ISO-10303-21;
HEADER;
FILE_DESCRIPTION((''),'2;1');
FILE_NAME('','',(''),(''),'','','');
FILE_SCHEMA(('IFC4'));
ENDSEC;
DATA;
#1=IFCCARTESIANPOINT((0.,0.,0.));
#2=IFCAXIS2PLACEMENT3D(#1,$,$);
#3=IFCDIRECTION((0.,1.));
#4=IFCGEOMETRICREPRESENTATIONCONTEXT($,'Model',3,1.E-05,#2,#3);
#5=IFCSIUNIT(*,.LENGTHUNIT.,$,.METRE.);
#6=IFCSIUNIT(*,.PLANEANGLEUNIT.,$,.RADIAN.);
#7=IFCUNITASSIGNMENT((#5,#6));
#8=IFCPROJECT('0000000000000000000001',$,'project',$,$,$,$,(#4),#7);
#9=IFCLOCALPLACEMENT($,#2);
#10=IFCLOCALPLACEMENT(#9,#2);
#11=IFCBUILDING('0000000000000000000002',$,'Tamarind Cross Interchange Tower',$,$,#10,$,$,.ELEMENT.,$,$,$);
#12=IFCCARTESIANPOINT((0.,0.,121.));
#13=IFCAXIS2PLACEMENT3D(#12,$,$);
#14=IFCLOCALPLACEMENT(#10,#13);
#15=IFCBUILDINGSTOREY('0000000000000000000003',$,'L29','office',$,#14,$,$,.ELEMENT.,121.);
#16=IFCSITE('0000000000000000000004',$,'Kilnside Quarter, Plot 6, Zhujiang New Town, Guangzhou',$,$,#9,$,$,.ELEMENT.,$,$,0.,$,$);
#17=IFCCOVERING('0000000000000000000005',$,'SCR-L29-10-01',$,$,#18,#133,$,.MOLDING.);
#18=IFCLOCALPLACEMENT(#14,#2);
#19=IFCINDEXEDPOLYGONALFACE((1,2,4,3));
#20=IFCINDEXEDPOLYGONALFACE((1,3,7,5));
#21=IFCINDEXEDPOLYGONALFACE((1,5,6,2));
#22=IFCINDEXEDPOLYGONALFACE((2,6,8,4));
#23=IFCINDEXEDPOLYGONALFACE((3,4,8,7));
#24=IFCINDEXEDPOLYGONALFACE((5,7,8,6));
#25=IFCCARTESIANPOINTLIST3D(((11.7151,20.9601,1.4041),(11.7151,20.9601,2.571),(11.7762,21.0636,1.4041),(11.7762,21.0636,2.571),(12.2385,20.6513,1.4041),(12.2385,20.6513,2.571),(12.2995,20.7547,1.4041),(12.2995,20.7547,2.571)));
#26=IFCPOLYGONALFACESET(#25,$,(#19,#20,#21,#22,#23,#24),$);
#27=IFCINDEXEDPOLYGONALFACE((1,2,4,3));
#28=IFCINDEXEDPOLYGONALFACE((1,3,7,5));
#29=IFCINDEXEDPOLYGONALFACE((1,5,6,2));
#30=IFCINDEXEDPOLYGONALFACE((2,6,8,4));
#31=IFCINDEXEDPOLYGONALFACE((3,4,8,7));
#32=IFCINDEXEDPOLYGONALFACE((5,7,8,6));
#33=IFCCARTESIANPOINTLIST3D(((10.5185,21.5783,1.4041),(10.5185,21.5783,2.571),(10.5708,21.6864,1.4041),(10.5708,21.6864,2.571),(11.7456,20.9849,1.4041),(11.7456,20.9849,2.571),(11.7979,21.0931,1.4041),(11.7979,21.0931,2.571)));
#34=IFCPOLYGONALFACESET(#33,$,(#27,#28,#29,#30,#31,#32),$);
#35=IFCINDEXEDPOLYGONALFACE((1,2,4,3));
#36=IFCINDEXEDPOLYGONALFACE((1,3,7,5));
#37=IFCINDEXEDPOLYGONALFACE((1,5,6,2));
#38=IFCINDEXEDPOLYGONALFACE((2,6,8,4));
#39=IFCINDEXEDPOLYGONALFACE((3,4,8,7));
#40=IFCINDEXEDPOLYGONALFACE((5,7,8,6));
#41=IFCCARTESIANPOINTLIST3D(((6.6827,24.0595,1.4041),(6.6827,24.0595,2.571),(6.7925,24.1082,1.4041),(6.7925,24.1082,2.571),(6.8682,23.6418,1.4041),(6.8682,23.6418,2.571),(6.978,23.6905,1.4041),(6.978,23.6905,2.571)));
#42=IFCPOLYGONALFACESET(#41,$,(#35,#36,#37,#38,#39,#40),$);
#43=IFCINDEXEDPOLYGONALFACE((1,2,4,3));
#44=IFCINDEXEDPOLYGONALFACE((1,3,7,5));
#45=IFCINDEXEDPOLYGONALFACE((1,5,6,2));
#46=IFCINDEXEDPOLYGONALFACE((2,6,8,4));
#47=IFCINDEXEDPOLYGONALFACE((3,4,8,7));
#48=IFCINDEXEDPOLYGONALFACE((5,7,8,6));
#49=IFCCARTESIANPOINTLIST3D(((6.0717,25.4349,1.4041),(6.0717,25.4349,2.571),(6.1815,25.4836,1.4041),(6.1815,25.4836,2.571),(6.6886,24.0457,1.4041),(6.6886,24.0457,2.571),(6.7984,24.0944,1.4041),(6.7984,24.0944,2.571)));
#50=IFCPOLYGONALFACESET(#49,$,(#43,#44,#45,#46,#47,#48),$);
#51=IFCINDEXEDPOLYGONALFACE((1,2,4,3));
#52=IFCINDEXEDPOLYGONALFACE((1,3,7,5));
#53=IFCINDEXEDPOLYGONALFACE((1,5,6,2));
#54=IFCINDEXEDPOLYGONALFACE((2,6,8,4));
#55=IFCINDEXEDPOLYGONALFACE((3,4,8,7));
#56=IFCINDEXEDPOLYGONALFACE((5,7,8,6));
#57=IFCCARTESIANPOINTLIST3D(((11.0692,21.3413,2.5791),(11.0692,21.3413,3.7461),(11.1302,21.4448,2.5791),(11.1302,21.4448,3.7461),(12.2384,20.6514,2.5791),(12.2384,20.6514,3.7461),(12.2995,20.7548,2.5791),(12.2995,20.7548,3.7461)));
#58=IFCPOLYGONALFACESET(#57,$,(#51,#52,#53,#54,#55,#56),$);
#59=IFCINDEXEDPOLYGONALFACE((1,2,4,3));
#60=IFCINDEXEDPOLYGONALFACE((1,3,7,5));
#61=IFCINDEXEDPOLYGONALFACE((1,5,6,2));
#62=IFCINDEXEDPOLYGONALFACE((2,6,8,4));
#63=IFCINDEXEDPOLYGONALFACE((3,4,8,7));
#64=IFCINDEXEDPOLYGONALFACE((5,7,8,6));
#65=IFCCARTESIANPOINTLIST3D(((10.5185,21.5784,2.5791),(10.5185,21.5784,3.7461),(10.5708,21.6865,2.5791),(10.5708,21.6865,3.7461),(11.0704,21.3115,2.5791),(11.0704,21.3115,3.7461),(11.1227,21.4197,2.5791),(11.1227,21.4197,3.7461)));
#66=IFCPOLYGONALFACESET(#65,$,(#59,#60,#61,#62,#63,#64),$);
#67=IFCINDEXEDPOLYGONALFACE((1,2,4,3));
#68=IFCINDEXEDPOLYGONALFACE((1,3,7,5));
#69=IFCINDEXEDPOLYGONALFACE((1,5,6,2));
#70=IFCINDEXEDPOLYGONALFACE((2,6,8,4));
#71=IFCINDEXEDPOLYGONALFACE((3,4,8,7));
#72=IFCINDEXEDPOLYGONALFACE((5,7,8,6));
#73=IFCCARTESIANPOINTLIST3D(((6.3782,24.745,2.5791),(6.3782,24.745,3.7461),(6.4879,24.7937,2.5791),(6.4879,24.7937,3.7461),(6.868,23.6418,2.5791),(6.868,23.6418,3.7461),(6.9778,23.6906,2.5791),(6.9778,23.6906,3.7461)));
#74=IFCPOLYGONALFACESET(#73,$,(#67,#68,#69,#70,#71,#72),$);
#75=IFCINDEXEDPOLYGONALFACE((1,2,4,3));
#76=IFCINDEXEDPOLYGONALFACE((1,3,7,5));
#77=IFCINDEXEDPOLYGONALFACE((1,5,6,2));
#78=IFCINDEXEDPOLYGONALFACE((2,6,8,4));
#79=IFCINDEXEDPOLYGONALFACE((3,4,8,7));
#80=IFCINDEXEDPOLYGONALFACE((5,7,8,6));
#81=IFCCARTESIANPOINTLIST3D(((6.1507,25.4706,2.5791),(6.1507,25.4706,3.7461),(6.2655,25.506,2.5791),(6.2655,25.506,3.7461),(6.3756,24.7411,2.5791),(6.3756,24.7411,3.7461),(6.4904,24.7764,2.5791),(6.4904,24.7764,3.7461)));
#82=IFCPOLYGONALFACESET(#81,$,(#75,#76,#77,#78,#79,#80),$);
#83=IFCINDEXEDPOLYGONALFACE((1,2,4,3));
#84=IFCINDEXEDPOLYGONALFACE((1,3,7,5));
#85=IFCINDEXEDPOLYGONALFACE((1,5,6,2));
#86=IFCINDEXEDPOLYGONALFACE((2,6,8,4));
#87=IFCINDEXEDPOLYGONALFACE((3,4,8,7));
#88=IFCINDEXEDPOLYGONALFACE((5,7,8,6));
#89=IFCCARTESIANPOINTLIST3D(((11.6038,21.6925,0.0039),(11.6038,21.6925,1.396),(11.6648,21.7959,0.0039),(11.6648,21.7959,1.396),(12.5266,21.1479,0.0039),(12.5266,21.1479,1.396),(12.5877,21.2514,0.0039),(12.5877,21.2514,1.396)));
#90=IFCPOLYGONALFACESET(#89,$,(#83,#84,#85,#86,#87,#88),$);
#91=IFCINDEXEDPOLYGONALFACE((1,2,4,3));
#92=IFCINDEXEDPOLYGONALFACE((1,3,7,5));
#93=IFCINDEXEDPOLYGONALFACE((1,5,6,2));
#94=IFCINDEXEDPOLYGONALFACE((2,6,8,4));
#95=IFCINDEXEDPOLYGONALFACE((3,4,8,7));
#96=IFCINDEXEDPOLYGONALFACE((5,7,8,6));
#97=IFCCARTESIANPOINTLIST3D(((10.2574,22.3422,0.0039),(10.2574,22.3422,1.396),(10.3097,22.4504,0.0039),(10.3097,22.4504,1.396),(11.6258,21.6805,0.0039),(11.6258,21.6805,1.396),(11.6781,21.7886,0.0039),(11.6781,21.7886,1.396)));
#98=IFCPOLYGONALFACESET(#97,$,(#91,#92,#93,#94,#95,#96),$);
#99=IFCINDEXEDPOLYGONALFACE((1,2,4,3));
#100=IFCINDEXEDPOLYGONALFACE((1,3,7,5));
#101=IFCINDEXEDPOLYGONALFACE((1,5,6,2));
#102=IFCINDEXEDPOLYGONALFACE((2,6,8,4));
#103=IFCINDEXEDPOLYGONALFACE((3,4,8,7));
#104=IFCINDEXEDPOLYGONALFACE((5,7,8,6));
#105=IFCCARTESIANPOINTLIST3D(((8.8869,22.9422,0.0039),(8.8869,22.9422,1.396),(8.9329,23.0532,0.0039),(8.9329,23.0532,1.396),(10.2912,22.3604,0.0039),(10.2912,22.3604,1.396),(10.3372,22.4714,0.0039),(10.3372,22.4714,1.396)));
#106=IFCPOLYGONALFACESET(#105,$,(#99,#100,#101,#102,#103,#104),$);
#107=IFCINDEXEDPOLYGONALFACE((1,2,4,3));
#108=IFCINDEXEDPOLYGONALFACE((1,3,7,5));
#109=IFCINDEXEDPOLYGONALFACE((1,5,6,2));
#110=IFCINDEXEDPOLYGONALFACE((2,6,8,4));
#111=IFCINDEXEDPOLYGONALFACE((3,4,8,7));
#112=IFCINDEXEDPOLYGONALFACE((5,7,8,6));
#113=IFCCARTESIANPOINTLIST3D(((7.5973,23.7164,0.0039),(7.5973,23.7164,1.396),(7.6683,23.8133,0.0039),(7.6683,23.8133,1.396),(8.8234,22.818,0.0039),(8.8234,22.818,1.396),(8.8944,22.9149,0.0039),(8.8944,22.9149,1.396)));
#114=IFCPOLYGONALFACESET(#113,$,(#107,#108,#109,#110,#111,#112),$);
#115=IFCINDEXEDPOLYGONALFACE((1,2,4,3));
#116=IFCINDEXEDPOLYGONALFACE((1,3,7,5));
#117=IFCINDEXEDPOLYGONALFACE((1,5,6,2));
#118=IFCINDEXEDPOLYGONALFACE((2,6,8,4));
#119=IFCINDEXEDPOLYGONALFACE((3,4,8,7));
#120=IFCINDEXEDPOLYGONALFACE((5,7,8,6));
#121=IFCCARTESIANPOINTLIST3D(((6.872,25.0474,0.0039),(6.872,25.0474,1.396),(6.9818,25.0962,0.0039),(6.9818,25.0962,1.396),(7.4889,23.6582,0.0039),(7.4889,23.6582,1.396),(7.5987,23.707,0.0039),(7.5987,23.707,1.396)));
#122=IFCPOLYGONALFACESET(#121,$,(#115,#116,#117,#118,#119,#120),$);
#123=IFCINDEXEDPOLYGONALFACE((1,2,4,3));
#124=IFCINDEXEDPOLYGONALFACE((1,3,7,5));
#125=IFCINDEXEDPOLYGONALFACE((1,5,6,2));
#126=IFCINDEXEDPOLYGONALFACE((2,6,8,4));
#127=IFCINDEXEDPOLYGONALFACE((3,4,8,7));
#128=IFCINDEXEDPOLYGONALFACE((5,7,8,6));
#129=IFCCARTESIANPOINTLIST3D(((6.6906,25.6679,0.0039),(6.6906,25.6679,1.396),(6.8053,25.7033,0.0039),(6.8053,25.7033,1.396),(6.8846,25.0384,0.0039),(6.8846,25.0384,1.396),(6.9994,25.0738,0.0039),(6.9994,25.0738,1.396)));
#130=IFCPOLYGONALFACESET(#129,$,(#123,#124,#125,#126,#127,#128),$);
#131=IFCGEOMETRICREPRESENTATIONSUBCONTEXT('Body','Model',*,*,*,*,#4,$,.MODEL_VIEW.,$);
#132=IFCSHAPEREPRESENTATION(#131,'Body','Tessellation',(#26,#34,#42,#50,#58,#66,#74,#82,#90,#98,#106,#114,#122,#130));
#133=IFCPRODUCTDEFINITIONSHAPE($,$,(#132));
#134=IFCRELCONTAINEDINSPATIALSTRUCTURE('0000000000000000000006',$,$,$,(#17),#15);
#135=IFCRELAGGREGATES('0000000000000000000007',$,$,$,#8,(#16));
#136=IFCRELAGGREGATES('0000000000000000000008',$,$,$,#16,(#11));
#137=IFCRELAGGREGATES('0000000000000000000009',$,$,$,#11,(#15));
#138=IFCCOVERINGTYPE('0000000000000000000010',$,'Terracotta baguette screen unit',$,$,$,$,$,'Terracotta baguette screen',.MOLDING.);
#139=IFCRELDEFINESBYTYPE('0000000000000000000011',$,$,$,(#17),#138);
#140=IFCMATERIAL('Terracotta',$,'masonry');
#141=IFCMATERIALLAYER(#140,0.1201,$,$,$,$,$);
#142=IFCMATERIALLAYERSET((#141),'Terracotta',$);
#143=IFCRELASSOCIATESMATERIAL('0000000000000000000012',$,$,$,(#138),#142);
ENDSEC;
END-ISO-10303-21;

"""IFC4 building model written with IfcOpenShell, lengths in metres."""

from ifc_helpers import new_model, si_unit, direction, frame, origin, origin_2d, place, context, subcontext, project, spatial, rectangle, extrude, material, layer, layer_set, type_object, element, save


model = new_model("IFC4")

# Units and contexts
model_context = context("Model", 3, precision=1e-05, world=origin(), true_north=direction((0.0, 1.0)))
body_context = subcontext(model_context, "Body", "Model", "MODEL_VIEW")
ifc_project = project(units=[si_unit("LENGTHUNIT", "METRE"), si_unit("PLANEANGLEUNIT", "RADIAN")], contexts=[model_context])

# Site, building, storey
site_placement = place(None, origin())
site = spatial("IfcSite", under=ifc_project, at=site_placement, Name="Kilnside Quarter, Plot 6, Zhujiang New Town, Guangzhou", CompositionType="ELEMENT", RefElevation=0.0)
building_placement = place(site_placement, origin())
building = spatial("IfcBuilding", under=site, at=building_placement, Name="Tamarind Cross Interchange Tower", CompositionType="ELEMENT")
storey_placement = place(building_placement, frame((0.0, 0.0, 121.0)))
storey = spatial("IfcBuildingStorey", under=building, at=storey_placement, Name="L29", Description="office", CompositionType="ELEMENT", Elevation=121.0)

# Covering
ifc_material_1 = material(Name="Terracotta", Category="masonry")
ifc_layer_1 = layer(ifc_material_1, 0.1201)
ifc_layer_set_1 = layer_set([ifc_layer_1], Name="Terracotta")
covering_type = type_object("IfcCoveringType", Name="Terracotta baguette screen unit", ElementType="Terracotta baguette screen", PredefinedType="MOLDING", material=ifc_layer_set_1)
covering_1_placement = place(storey_placement, origin())
element("IfcCovering", 1, at=covering_1_placement, inside=storey, type_object=covering_type, Name="SCR-L29-10-01", PredefinedType="MOLDING", context=body_context, shape_type="SweptSolid", body=[
    extrude(rectangle(XDim=0.6077, YDim=0.1201, at=origin_2d()), frame((12.0073, 20.8574, 1.4041), z_axis=(0.0, 0.0, 1.0), x_axis=(-0.861249, 0.508183, 0.0)), (0.0, 0.0, 1.0), 1.167),
    extrude(rectangle(XDim=1.363, YDim=0.1201, at=origin_2d()), frame((11.1582, 21.3357, 1.4041), z_axis=(0.0, 0.0, 1.0), x_axis=(-0.900273, 0.435326, 0.0)), (0.0, 0.0, 1.0), 1.167),
    extrude(rectangle(XDim=0.457, YDim=0.1201, at=origin_2d()), frame((6.8303, 23.875, 1.4041), z_axis=(0.0, 0.0, 1.0), x_axis=(-0.405841, 0.913944, 0.0)), (0.0, 0.0, 1.0), 1.167),
    extrude(rectangle(XDim=1.52, YDim=0.1201, at=origin_2d()), frame((6.4351, 24.7646, 1.4041), z_axis=(0.0, 0.0, 1.0), x_axis=(-0.405841, 0.913944, 0.0)), (0.0, 0.0, 1.0), 1.167),
    extrude(rectangle(XDim=1.3577, YDim=0.1201, at=origin_2d()), frame((11.6843, 21.0481, 2.5791), z_axis=(0.0, 0.0, 1.0), x_axis=(-0.861249, 0.508183, 0.0)), (0.0, 0.0, 1.0), 1.167),
    extrude(rectangle(XDim=0.613, YDim=0.1201, at=origin_2d()), frame((10.8206, 21.499, 2.5791), z_axis=(0.0, 0.0, 1.0), x_axis=(-0.900273, 0.435326, 0.0)), (0.0, 0.0, 1.0), 1.167),
    extrude(rectangle(XDim=1.207, YDim=0.1201, at=origin_2d()), frame((6.678, 24.2178, 2.5791), z_axis=(0.0, 0.0, 1.0), x_axis=(-0.405841, 0.913944, 0.0)), (0.0, 0.0, 1.0), 1.167),
    extrude(rectangle(XDim=0.7634, YDim=0.1201, at=origin_2d()), frame((6.3206, 25.1235, 2.5791), z_axis=(0.0, 0.0, 1.0), x_axis=(-0.294573, 0.955629, 0.0)), (0.0, 0.0, 1.0), 1.167),
    extrude(rectangle(XDim=1.0715, YDim=0.1201, at=origin_2d()), frame((12.0957, 21.4719, 0.0039), z_axis=(0.0, 0.0, 1.0), x_axis=(-0.861249, 0.508183, 0.0)), (0.0, 0.0, 1.0), 1.3921),
    extrude(rectangle(XDim=1.52, YDim=0.1201, at=origin_2d()), frame((10.9678, 22.0654, 0.0039), z_axis=(0.0, 0.0, 1.0), x_axis=(-0.900273, 0.435326, 0.0)), (0.0, 0.0, 1.0), 1.3921),
    extrude(rectangle(XDim=1.52, YDim=0.1201, at=origin_2d()), frame((9.6121, 22.7068, 0.0039), z_axis=(0.0, 0.0, 1.0), x_axis=(-0.923842, 0.382773, 0.0)), (0.0, 0.0, 1.0), 1.3921),
    extrude(rectangle(XDim=1.52, YDim=0.1201, at=origin_2d()), frame((8.2458, 23.3157, 0.0039), z_axis=(0.0, 0.0, 1.0), x_axis=(-0.806659, 0.591017, 0.0)), (0.0, 0.0, 1.0), 1.3921),
    extrude(rectangle(XDim=1.52, YDim=0.1201, at=origin_2d()), frame((7.2354, 24.3772, 0.0039), z_axis=(0.0, 0.0, 1.0), x_axis=(-0.405841, 0.913944, 0.0)), (0.0, 0.0, 1.0), 1.3921),
    extrude(rectangle(XDim=0.6587, YDim=0.1201, at=origin_2d()), frame((6.845, 25.3708, 0.0039), z_axis=(0.0, 0.0, 1.0), x_axis=(-0.294573, 0.955629, 0.0)), (0.0, 0.0, 1.0), 1.3921),
])

save(model, "model.ifc")
